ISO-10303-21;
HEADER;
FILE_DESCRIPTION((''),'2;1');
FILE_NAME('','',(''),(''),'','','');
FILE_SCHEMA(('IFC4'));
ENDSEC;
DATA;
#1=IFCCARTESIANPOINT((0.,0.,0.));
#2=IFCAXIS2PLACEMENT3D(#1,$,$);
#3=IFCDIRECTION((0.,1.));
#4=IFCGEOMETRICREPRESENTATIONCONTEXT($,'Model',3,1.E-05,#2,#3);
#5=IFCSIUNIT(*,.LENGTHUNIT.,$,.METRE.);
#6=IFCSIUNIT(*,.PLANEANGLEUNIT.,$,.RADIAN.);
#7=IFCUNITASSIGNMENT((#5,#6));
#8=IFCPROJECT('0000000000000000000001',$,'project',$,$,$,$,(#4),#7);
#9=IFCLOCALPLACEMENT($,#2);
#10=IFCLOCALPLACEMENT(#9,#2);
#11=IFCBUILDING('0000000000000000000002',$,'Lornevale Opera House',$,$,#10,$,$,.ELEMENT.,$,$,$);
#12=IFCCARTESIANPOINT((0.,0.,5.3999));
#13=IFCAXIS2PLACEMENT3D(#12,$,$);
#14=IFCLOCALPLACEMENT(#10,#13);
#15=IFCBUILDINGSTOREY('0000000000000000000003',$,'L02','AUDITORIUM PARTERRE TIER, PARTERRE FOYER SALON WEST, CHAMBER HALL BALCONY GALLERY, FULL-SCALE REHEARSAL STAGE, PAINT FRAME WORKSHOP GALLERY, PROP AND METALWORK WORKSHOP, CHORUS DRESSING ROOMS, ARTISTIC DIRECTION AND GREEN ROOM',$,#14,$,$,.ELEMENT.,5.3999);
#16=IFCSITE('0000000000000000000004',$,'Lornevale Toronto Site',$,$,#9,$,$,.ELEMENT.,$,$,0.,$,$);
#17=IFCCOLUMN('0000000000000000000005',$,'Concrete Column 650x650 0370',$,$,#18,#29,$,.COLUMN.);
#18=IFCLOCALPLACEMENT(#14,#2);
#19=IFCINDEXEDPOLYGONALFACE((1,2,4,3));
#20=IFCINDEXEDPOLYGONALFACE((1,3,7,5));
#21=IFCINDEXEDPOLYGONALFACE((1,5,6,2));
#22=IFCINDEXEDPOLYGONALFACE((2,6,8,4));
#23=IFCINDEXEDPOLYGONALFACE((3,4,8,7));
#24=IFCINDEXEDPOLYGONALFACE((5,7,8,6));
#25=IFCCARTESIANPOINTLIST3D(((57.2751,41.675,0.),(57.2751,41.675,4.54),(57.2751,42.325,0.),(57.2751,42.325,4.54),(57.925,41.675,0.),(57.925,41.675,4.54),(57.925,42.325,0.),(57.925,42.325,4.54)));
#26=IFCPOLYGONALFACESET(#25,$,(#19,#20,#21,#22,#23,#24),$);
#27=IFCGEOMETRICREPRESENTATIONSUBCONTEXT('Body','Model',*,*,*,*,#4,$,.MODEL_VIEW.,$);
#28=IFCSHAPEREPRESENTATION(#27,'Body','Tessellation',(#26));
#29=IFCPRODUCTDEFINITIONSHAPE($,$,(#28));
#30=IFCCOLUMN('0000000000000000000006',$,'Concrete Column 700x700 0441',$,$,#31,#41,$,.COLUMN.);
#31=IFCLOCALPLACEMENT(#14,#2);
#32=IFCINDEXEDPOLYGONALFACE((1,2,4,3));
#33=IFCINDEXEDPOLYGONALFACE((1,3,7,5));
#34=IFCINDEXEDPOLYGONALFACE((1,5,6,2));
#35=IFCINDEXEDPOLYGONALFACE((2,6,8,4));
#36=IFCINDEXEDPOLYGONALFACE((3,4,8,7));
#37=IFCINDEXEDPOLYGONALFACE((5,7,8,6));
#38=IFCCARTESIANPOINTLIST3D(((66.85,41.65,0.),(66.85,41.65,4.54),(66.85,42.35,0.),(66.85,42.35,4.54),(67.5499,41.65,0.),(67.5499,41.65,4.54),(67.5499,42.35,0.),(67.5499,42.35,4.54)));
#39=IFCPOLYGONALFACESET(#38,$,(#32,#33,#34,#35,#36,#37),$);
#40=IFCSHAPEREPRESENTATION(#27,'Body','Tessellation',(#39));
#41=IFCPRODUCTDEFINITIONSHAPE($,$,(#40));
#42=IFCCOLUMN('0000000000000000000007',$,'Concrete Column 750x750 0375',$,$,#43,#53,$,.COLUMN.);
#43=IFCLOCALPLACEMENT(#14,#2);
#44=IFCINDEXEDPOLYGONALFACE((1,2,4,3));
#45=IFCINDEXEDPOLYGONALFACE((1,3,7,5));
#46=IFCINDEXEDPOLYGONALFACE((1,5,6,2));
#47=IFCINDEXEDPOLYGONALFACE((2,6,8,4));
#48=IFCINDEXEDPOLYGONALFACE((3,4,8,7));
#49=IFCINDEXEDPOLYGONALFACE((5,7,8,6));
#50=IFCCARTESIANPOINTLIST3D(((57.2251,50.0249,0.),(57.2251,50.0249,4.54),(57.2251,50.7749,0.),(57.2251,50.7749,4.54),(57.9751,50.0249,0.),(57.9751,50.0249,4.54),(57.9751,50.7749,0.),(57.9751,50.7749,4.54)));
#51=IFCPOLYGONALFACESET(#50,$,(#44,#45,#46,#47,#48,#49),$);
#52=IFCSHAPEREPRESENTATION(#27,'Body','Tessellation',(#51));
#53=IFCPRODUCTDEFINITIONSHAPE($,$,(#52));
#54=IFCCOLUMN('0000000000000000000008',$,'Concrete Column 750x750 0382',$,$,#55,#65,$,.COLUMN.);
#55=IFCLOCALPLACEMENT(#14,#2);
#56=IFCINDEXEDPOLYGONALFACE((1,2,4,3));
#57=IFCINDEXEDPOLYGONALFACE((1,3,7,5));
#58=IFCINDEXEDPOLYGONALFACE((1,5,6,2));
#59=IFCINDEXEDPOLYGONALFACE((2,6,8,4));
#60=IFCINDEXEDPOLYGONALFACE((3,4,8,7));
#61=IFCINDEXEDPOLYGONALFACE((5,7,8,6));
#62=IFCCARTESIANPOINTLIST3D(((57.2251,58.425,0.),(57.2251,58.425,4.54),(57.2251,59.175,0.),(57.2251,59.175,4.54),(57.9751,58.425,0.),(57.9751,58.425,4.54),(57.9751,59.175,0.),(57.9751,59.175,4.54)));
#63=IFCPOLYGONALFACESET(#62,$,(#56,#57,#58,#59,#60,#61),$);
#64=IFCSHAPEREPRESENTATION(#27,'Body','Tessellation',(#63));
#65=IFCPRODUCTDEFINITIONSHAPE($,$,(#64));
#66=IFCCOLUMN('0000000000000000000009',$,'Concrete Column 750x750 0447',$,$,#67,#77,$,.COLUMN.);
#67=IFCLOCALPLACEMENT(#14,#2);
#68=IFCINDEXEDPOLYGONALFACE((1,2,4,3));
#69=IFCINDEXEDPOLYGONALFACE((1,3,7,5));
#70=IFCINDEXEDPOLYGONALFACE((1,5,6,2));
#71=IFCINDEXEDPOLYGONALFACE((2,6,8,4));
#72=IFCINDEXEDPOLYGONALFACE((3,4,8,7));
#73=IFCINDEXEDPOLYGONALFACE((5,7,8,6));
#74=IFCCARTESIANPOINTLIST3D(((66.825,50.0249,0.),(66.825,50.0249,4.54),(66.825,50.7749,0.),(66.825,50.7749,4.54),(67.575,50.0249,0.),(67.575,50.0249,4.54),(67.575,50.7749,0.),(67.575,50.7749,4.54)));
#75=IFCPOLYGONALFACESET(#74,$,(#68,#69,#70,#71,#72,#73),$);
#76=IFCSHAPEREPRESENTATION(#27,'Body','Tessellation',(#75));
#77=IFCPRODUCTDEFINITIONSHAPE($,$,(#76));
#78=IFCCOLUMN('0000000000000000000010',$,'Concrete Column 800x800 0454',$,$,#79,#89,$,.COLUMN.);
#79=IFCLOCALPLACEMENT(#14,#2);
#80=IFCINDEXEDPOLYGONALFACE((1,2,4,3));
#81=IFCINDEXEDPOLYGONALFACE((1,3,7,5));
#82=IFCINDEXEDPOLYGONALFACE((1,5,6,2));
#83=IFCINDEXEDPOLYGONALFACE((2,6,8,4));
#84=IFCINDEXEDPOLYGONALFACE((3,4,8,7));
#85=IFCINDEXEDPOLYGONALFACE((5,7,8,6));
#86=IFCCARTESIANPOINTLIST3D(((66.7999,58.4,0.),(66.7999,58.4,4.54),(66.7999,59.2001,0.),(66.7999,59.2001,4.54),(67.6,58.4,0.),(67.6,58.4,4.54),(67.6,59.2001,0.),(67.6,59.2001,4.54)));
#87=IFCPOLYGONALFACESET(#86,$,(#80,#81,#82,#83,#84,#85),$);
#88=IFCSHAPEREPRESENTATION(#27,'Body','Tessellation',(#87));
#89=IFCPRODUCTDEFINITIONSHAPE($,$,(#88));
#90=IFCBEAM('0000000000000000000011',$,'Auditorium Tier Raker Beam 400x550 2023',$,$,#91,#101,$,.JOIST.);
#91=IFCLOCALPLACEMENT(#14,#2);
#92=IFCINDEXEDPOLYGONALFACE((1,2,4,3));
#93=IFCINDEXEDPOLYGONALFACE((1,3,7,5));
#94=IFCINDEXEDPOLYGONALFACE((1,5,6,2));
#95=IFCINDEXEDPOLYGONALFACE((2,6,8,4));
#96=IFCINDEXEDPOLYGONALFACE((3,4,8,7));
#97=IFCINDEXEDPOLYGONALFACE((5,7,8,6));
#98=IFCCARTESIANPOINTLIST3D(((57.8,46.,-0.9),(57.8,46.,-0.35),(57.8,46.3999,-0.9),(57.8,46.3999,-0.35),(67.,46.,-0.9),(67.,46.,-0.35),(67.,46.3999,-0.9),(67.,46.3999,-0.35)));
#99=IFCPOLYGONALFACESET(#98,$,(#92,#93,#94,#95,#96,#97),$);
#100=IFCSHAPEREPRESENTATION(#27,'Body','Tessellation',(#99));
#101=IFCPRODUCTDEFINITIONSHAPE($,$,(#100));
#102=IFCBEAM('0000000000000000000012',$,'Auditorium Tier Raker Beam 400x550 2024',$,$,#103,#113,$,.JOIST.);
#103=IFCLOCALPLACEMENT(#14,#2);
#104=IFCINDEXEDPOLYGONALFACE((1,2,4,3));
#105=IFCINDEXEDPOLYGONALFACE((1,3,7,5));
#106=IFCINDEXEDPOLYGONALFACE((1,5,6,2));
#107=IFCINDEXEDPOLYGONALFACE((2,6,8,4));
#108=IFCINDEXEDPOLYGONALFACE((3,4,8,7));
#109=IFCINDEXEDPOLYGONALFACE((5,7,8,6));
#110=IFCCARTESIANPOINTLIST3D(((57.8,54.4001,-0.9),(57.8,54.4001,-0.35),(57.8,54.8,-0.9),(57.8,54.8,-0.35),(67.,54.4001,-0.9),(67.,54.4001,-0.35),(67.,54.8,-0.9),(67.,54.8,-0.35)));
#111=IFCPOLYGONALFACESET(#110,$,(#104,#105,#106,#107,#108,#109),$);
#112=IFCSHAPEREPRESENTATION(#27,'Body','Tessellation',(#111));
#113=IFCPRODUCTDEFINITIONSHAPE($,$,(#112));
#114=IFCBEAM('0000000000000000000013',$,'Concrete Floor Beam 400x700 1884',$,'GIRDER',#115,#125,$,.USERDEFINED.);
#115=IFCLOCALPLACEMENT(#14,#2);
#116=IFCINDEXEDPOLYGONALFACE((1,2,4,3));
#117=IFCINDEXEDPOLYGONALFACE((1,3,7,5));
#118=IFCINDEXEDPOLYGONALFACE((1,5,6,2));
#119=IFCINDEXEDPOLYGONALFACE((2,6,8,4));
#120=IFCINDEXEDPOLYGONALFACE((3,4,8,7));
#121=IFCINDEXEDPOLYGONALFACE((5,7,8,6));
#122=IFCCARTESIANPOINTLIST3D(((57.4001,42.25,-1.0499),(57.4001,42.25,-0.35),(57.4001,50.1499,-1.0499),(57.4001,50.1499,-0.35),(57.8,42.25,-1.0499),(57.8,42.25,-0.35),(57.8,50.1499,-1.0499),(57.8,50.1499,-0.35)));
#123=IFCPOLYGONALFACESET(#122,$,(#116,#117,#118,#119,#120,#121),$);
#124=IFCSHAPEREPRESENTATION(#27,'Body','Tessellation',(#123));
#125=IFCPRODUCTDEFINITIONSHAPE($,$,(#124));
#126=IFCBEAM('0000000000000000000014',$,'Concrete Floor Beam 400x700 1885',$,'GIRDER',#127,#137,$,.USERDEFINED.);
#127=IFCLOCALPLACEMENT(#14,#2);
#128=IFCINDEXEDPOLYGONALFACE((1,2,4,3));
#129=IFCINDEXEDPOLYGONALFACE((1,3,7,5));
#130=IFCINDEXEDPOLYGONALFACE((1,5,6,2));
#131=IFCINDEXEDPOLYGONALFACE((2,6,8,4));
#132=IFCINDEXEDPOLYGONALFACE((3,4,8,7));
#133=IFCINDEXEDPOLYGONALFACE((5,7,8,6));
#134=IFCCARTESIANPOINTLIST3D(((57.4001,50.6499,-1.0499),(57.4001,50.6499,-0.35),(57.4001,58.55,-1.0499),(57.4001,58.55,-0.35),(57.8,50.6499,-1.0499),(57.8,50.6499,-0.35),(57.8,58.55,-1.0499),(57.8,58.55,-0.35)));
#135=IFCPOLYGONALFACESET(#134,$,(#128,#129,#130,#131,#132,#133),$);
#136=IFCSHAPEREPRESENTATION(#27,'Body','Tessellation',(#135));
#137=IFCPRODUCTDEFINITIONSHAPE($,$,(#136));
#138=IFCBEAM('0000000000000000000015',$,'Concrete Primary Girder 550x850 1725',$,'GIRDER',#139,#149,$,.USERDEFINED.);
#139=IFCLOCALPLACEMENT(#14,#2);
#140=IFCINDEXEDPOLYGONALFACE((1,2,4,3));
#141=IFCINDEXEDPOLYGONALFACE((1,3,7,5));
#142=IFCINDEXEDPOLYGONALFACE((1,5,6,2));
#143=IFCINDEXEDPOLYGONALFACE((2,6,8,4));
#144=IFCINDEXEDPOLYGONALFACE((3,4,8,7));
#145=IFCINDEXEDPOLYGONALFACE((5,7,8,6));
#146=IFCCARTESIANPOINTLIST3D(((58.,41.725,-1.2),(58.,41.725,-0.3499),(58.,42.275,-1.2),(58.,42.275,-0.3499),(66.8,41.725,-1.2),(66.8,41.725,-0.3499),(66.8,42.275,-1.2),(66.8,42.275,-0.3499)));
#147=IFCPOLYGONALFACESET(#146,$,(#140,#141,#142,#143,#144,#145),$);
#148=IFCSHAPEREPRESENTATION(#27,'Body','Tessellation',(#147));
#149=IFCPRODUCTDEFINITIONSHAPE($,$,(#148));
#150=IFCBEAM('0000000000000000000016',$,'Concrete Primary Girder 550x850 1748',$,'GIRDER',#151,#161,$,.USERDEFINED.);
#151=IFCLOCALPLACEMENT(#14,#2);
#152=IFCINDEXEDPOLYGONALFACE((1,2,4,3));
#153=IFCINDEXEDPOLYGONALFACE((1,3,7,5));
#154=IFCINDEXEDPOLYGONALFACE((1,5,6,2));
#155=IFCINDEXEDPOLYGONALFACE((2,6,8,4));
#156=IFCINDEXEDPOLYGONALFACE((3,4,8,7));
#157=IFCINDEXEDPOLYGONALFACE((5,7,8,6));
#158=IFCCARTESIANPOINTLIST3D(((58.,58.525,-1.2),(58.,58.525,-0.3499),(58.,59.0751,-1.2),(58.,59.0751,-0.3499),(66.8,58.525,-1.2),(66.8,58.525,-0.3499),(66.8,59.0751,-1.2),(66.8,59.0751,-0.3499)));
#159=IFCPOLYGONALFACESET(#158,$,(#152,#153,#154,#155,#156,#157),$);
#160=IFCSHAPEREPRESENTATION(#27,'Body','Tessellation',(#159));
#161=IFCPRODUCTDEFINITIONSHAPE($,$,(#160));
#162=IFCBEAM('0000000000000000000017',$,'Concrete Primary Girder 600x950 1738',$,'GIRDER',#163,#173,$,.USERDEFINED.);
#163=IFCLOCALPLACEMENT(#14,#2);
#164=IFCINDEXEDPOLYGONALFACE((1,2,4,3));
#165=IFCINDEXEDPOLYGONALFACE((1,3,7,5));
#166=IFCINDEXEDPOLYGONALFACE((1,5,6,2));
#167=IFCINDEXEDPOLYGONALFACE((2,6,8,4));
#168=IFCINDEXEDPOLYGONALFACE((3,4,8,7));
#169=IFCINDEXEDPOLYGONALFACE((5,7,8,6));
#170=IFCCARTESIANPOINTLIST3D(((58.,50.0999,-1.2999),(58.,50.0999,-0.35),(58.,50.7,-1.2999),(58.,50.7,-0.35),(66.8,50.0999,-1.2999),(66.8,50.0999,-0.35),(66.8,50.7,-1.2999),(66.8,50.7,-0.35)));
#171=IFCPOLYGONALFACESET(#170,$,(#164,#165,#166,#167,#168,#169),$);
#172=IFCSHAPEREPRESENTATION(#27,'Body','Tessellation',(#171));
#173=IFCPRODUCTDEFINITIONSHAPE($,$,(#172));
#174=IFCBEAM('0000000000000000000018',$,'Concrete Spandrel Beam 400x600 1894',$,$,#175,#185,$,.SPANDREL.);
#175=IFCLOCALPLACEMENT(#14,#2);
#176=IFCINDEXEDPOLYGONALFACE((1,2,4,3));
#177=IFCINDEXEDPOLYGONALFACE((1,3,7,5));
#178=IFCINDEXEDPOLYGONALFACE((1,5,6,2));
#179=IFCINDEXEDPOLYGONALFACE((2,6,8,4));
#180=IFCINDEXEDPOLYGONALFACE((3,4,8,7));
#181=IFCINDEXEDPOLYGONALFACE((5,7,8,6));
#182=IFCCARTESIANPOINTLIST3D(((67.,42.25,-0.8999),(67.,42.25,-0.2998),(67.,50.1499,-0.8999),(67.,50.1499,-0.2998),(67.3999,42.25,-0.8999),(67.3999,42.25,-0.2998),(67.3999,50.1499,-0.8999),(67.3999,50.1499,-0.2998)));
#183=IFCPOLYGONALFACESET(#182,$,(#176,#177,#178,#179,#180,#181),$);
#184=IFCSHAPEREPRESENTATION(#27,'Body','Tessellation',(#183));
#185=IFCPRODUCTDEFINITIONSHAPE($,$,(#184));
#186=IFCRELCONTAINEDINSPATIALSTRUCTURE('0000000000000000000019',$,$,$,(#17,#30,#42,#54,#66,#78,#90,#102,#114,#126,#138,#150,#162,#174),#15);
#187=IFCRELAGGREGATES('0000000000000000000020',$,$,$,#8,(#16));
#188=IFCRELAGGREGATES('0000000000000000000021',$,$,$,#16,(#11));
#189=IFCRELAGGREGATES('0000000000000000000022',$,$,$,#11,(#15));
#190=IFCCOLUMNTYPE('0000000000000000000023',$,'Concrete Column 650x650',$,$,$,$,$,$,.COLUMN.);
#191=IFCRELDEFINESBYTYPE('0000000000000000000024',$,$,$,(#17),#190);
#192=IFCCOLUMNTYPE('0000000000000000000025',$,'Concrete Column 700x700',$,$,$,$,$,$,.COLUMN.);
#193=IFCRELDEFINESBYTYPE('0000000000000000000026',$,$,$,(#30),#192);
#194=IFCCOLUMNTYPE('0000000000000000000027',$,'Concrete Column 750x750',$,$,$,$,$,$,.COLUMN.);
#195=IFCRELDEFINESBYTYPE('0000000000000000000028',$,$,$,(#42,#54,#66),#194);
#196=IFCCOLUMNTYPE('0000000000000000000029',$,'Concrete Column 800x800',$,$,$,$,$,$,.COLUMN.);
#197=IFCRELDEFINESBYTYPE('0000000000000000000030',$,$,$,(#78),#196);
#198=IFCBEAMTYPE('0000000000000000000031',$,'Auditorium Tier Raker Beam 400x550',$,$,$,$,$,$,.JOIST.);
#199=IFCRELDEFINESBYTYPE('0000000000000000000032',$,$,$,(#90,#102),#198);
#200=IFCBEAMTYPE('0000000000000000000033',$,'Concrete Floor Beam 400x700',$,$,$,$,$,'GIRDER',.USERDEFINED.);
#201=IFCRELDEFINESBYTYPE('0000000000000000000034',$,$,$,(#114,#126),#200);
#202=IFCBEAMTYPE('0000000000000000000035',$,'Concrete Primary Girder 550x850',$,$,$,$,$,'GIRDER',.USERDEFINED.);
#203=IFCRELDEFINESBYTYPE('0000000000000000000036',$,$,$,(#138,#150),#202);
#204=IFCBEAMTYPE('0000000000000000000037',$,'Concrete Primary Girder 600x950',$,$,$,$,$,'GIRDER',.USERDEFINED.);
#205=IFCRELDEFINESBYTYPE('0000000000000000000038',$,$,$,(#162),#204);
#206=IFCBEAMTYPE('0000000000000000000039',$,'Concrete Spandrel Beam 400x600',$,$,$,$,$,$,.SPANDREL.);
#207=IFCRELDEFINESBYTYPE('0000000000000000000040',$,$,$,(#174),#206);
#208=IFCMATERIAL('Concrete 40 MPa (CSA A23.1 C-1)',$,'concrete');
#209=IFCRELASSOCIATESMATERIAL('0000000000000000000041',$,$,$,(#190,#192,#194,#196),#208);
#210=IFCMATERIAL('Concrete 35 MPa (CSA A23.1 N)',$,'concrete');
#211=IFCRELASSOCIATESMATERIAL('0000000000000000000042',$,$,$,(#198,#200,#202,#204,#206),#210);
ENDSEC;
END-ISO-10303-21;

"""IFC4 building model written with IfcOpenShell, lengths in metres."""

from ifc_helpers import new_model, si_unit, direction, frame, origin, origin_2d, place, context, subcontext, project, spatial, rectangle, extrude, material, material_profile, profile_set, type_object, element, save


model = new_model("IFC4")

# Units and contexts
model_context = context("Model", 3, precision=1e-05, world=origin(), true_north=direction((0.0, 1.0)))
body_context = subcontext(model_context, "Body", "Model", "MODEL_VIEW")
ifc_project = project(units=[si_unit("LENGTHUNIT", "METRE"), si_unit("PLANEANGLEUNIT", "RADIAN")], contexts=[model_context])

# Site, building, storey
site_placement = place(None, origin())
site = spatial("IfcSite", under=ifc_project, at=site_placement, Name="Lornevale Toronto Site", CompositionType="ELEMENT", RefElevation=0.0)
building_placement = place(site_placement, origin())
building = spatial("IfcBuilding", under=site, at=building_placement, Name="Lornevale Opera House", CompositionType="ELEMENT")
storey_placement = place(building_placement, frame((0.0, 0.0, 5.3999)))
storey = spatial("IfcBuildingStorey", under=building, at=storey_placement, Name="L02", Description="AUDITORIUM PARTERRE TIER, PARTERRE FOYER SALON WEST, CHAMBER HALL BALCONY GALLERY, FULL-SCALE REHEARSAL STAGE, PAINT FRAME WORKSHOP GALLERY, PROP AND METALWORK WORKSHOP, CHORUS DRESSING ROOMS, ARTISTIC DIRECTION AND GREEN ROOM", CompositionType="ELEMENT", Elevation=5.3999)

# Columns
ifc_material_1 = material(Name="Concrete 40 MPa (CSA A23.1 C-1)", Category="concrete")
ifc_material_profile_1 = material_profile(ifc_material_1, rectangle(XDim=0.6499, YDim=0.6499, at=origin_2d()), Name="RC650x650")
ifc_profile_set_1 = profile_set([ifc_material_profile_1], Name="Concrete 40 MPa (CSA A23.1 C-1)")
column_type_1 = type_object("IfcColumnType", Name="Concrete Column 650x650", PredefinedType="COLUMN", material=ifc_profile_set_1)
column_1_placement = place(storey_placement, frame((57.6001, 42.0, 0.0), z_axis=(0.0, 0.0, 1.0), x_axis=(1.0, 0.0, 0.0)))
element("IfcColumn", 1, at=column_1_placement, inside=storey, type_object=column_type_1, Name="Concrete Column 650x650 0370", PredefinedType="COLUMN", context=body_context, shape_type="SweptSolid", body=[
    extrude(rectangle(XDim=0.6499, YDim=0.6499, at=origin_2d()), origin(), (0.0, 0.0, 1.0), 4.54),
])
ifc_material_profile_2 = material_profile(ifc_material_1, rectangle(XDim=0.7, YDim=0.7, at=origin_2d()), Name="RC700x700")
ifc_profile_set_2 = profile_set([ifc_material_profile_2], Name="Concrete 40 MPa (CSA A23.1 C-1)")
column_type_2 = type_object("IfcColumnType", Name="Concrete Column 700x700", PredefinedType="COLUMN", material=ifc_profile_set_2)
column_2_placement = place(storey_placement, frame((67.2, 42.0, 0.0), z_axis=(0.0, 0.0, 1.0), x_axis=(1.0, 0.0, 0.0)))
element("IfcColumn", 2, at=column_2_placement, inside=storey, type_object=column_type_2, Name="Concrete Column 700x700 0441", PredefinedType="COLUMN", context=body_context, shape_type="SweptSolid", body=[
    extrude(rectangle(XDim=0.7, YDim=0.7, at=origin_2d()), origin(), (0.0, 0.0, 1.0), 4.54),
])
ifc_material_profile_3 = material_profile(ifc_material_1, rectangle(XDim=0.75, YDim=0.75, at=origin_2d()), Name="RC750x750")
ifc_profile_set_3 = profile_set([ifc_material_profile_3], Name="Concrete 40 MPa (CSA A23.1 C-1)")
column_type_3 = type_object("IfcColumnType", Name="Concrete Column 750x750", PredefinedType="COLUMN", material=ifc_profile_set_3)
for number, where, z_axis, x_axis, name in (
    (3, (57.6001, 50.3999, 0.0), (0.0, 0.0, 1.0), (1.0, 0.0, 0.0), "Concrete Column 750x750 0375"),
    (4, (57.6001, 58.8, 0.0), (0.0, 0.0, 1.0), (1.0, 0.0, 0.0), "Concrete Column 750x750 0382"),
    (5, (67.2, 50.3999, 0.0), (0.0, 0.0, 1.0), (1.0, 0.0, 0.0), "Concrete Column 750x750 0447"),
):
    element("IfcColumn", number, at=place(storey_placement, frame(where, z_axis=z_axis, x_axis=x_axis)), inside=storey, type_object=column_type_3, Name=name, PredefinedType="COLUMN", context=body_context, shape_type="SweptSolid", body=[
        extrude(rectangle(XDim=0.75, YDim=0.75, at=origin_2d()), origin(), (0.0, 0.0, 1.0), 4.54),
    ])
ifc_material_profile_4 = material_profile(ifc_material_1, rectangle(XDim=0.8, YDim=0.8, at=origin_2d()), Name="RC800x800")
ifc_profile_set_4 = profile_set([ifc_material_profile_4], Name="Concrete 40 MPa (CSA A23.1 C-1)")
column_type_4 = type_object("IfcColumnType", Name="Concrete Column 800x800", PredefinedType="COLUMN", material=ifc_profile_set_4)
column_3_placement = place(storey_placement, frame((67.2, 58.8, 0.0), z_axis=(0.0, 0.0, 1.0), x_axis=(1.0, 0.0, 0.0)))
element("IfcColumn", 6, at=column_3_placement, inside=storey, type_object=column_type_4, Name="Concrete Column 800x800 0454", PredefinedType="COLUMN", context=body_context, shape_type="SweptSolid", body=[
    extrude(rectangle(XDim=0.8, YDim=0.8, at=origin_2d()), origin(), (0.0, 0.0, 1.0), 4.54),
])

# Beams
ifc_material_2 = material(Name="Concrete 35 MPa (CSA A23.1 N)", Category="concrete")
ifc_material_profile_5 = material_profile(ifc_material_2, rectangle(XDim=0.3999, YDim=0.55, at=origin_2d()), Name="RC400x550")
ifc_profile_set_5 = profile_set([ifc_material_profile_5], Name="Concrete 35 MPa (CSA A23.1 N)")
beam_type_1 = type_object("IfcBeamType", Name="Auditorium Tier Raker Beam 400x550", PredefinedType="JOIST", material=ifc_profile_set_5)
for number, where, z_axis, x_axis, name in (
    (7, (57.8, 46.2, -0.625), (1.0, 0.0, 0.0), (0.0, 1.0, 0.0), "Auditorium Tier Raker Beam 400x550 2023"),
    (8, (57.8, 54.6001, -0.625), (1.0, 0.0, 0.0), (0.0, 1.0, 0.0), "Auditorium Tier Raker Beam 400x550 2024"),
):
    element("IfcBeam", number, at=place(storey_placement, frame(where, z_axis=z_axis, x_axis=x_axis)), inside=storey, type_object=beam_type_1, Name=name, PredefinedType="JOIST", context=body_context, shape_type="SweptSolid", body=[
        extrude(rectangle(XDim=0.3999, YDim=0.55, at=origin_2d()), origin(), (0.0, 0.0, 1.0), 9.2),
    ])
ifc_material_profile_6 = material_profile(ifc_material_2, rectangle(XDim=0.3999, YDim=0.7, at=origin_2d()), Name="RC400x700")
ifc_profile_set_6 = profile_set([ifc_material_profile_6], Name="Concrete 35 MPa (CSA A23.1 N)")
beam_type_2 = type_object("IfcBeamType", Name="Concrete Floor Beam 400x700", ElementType="GIRDER", PredefinedType="USERDEFINED", material=ifc_profile_set_6)
beam_1_placement = place(storey_placement, frame((57.6001, 42.25, -0.7), z_axis=(0.0, 1.0, 0.0), x_axis=(-1.0, 0.0, 0.0)))
element("IfcBeam", 9, at=beam_1_placement, inside=storey, type_object=beam_type_2, Name="Concrete Floor Beam 400x700 1884", ObjectType="GIRDER", PredefinedType="USERDEFINED", context=body_context, shape_type="SweptSolid", body=[
    extrude(rectangle(XDim=0.3999, YDim=0.7, at=origin_2d()), origin(), (0.0, 0.0, 1.0), 7.8999),
])
beam_2_placement = place(storey_placement, frame((57.6001, 50.6499, -0.7), z_axis=(0.0, 1.0, 0.0), x_axis=(-1.0, 0.0, 0.0)))
element("IfcBeam", 10, at=beam_2_placement, inside=storey, type_object=beam_type_2, Name="Concrete Floor Beam 400x700 1885", ObjectType="GIRDER", PredefinedType="USERDEFINED", context=body_context, shape_type="SweptSolid", body=[
    extrude(rectangle(XDim=0.3999, YDim=0.7, at=origin_2d()), origin(), (0.0, 0.0, 1.0), 7.9001),
])
ifc_material_profile_7 = material_profile(ifc_material_2, rectangle(XDim=0.55, YDim=0.8501, at=origin_2d()), Name="RC550x850")
ifc_profile_set_7 = profile_set([ifc_material_profile_7], Name="Concrete 35 MPa (CSA A23.1 N)")
beam_type_3 = type_object("IfcBeamType", Name="Concrete Primary Girder 550x850", ElementType="GIRDER", PredefinedType="USERDEFINED", material=ifc_profile_set_7)
for number, where, z_axis, x_axis, name in (
    (11, (58.0, 42.0, -0.7749), (1.0, 0.0, 0.0), (0.0, 1.0, 0.0), "Concrete Primary Girder 550x850 1725"),
    (12, (58.0, 58.8, -0.7749), (1.0, 0.0, 0.0), (0.0, 1.0, 0.0), "Concrete Primary Girder 550x850 1748"),
):
    element("IfcBeam", number, at=place(storey_placement, frame(where, z_axis=z_axis, x_axis=x_axis)), inside=storey, type_object=beam_type_3, Name=name, ObjectType="GIRDER", PredefinedType="USERDEFINED", context=body_context, shape_type="SweptSolid", body=[
        extrude(rectangle(XDim=0.55, YDim=0.8501, at=origin_2d()), origin(), (0.0, 0.0, 1.0), 8.8),
    ])
ifc_material_profile_8 = material_profile(ifc_material_2, rectangle(XDim=0.6001, YDim=0.95, at=origin_2d()), Name="RC600x950")
ifc_profile_set_8 = profile_set([ifc_material_profile_8], Name="Concrete 35 MPa (CSA A23.1 N)")
beam_type_4 = type_object("IfcBeamType", Name="Concrete Primary Girder 600x950", ElementType="GIRDER", PredefinedType="USERDEFINED", material=ifc_profile_set_8)
beam_3_placement = place(storey_placement, frame((58.0, 50.3999, -0.825), z_axis=(1.0, 0.0, 0.0), x_axis=(0.0, 1.0, 0.0)))
element("IfcBeam", 13, at=beam_3_placement, inside=storey, type_object=beam_type_4, Name="Concrete Primary Girder 600x950 1738", ObjectType="GIRDER", PredefinedType="USERDEFINED", context=body_context, shape_type="SweptSolid", body=[
    extrude(rectangle(XDim=0.6001, YDim=0.95, at=origin_2d()), origin(), (0.0, 0.0, 1.0), 8.8),
])
ifc_material_profile_9 = material_profile(ifc_material_2, rectangle(XDim=0.3999, YDim=0.6001, at=origin_2d()), Name="RC400x600")
ifc_profile_set_9 = profile_set([ifc_material_profile_9], Name="Concrete 35 MPa (CSA A23.1 N)")
beam_type_5 = type_object("IfcBeamType", Name="Concrete Spandrel Beam 400x600", PredefinedType="SPANDREL", material=ifc_profile_set_9)
beam_4_placement = place(storey_placement, frame((67.2, 42.25, -0.5999), z_axis=(0.0, 1.0, 0.0), x_axis=(-1.0, 0.0, 0.0)))
element("IfcBeam", 14, at=beam_4_placement, inside=storey, type_object=beam_type_5, Name="Concrete Spandrel Beam 400x600 1894", PredefinedType="SPANDREL", context=body_context, shape_type="SweptSolid", body=[
    extrude(rectangle(XDim=0.3999, YDim=0.6001, at=origin_2d()), origin(), (0.0, 0.0, 1.0), 7.8999),
])

save(model, "model.ifc")
